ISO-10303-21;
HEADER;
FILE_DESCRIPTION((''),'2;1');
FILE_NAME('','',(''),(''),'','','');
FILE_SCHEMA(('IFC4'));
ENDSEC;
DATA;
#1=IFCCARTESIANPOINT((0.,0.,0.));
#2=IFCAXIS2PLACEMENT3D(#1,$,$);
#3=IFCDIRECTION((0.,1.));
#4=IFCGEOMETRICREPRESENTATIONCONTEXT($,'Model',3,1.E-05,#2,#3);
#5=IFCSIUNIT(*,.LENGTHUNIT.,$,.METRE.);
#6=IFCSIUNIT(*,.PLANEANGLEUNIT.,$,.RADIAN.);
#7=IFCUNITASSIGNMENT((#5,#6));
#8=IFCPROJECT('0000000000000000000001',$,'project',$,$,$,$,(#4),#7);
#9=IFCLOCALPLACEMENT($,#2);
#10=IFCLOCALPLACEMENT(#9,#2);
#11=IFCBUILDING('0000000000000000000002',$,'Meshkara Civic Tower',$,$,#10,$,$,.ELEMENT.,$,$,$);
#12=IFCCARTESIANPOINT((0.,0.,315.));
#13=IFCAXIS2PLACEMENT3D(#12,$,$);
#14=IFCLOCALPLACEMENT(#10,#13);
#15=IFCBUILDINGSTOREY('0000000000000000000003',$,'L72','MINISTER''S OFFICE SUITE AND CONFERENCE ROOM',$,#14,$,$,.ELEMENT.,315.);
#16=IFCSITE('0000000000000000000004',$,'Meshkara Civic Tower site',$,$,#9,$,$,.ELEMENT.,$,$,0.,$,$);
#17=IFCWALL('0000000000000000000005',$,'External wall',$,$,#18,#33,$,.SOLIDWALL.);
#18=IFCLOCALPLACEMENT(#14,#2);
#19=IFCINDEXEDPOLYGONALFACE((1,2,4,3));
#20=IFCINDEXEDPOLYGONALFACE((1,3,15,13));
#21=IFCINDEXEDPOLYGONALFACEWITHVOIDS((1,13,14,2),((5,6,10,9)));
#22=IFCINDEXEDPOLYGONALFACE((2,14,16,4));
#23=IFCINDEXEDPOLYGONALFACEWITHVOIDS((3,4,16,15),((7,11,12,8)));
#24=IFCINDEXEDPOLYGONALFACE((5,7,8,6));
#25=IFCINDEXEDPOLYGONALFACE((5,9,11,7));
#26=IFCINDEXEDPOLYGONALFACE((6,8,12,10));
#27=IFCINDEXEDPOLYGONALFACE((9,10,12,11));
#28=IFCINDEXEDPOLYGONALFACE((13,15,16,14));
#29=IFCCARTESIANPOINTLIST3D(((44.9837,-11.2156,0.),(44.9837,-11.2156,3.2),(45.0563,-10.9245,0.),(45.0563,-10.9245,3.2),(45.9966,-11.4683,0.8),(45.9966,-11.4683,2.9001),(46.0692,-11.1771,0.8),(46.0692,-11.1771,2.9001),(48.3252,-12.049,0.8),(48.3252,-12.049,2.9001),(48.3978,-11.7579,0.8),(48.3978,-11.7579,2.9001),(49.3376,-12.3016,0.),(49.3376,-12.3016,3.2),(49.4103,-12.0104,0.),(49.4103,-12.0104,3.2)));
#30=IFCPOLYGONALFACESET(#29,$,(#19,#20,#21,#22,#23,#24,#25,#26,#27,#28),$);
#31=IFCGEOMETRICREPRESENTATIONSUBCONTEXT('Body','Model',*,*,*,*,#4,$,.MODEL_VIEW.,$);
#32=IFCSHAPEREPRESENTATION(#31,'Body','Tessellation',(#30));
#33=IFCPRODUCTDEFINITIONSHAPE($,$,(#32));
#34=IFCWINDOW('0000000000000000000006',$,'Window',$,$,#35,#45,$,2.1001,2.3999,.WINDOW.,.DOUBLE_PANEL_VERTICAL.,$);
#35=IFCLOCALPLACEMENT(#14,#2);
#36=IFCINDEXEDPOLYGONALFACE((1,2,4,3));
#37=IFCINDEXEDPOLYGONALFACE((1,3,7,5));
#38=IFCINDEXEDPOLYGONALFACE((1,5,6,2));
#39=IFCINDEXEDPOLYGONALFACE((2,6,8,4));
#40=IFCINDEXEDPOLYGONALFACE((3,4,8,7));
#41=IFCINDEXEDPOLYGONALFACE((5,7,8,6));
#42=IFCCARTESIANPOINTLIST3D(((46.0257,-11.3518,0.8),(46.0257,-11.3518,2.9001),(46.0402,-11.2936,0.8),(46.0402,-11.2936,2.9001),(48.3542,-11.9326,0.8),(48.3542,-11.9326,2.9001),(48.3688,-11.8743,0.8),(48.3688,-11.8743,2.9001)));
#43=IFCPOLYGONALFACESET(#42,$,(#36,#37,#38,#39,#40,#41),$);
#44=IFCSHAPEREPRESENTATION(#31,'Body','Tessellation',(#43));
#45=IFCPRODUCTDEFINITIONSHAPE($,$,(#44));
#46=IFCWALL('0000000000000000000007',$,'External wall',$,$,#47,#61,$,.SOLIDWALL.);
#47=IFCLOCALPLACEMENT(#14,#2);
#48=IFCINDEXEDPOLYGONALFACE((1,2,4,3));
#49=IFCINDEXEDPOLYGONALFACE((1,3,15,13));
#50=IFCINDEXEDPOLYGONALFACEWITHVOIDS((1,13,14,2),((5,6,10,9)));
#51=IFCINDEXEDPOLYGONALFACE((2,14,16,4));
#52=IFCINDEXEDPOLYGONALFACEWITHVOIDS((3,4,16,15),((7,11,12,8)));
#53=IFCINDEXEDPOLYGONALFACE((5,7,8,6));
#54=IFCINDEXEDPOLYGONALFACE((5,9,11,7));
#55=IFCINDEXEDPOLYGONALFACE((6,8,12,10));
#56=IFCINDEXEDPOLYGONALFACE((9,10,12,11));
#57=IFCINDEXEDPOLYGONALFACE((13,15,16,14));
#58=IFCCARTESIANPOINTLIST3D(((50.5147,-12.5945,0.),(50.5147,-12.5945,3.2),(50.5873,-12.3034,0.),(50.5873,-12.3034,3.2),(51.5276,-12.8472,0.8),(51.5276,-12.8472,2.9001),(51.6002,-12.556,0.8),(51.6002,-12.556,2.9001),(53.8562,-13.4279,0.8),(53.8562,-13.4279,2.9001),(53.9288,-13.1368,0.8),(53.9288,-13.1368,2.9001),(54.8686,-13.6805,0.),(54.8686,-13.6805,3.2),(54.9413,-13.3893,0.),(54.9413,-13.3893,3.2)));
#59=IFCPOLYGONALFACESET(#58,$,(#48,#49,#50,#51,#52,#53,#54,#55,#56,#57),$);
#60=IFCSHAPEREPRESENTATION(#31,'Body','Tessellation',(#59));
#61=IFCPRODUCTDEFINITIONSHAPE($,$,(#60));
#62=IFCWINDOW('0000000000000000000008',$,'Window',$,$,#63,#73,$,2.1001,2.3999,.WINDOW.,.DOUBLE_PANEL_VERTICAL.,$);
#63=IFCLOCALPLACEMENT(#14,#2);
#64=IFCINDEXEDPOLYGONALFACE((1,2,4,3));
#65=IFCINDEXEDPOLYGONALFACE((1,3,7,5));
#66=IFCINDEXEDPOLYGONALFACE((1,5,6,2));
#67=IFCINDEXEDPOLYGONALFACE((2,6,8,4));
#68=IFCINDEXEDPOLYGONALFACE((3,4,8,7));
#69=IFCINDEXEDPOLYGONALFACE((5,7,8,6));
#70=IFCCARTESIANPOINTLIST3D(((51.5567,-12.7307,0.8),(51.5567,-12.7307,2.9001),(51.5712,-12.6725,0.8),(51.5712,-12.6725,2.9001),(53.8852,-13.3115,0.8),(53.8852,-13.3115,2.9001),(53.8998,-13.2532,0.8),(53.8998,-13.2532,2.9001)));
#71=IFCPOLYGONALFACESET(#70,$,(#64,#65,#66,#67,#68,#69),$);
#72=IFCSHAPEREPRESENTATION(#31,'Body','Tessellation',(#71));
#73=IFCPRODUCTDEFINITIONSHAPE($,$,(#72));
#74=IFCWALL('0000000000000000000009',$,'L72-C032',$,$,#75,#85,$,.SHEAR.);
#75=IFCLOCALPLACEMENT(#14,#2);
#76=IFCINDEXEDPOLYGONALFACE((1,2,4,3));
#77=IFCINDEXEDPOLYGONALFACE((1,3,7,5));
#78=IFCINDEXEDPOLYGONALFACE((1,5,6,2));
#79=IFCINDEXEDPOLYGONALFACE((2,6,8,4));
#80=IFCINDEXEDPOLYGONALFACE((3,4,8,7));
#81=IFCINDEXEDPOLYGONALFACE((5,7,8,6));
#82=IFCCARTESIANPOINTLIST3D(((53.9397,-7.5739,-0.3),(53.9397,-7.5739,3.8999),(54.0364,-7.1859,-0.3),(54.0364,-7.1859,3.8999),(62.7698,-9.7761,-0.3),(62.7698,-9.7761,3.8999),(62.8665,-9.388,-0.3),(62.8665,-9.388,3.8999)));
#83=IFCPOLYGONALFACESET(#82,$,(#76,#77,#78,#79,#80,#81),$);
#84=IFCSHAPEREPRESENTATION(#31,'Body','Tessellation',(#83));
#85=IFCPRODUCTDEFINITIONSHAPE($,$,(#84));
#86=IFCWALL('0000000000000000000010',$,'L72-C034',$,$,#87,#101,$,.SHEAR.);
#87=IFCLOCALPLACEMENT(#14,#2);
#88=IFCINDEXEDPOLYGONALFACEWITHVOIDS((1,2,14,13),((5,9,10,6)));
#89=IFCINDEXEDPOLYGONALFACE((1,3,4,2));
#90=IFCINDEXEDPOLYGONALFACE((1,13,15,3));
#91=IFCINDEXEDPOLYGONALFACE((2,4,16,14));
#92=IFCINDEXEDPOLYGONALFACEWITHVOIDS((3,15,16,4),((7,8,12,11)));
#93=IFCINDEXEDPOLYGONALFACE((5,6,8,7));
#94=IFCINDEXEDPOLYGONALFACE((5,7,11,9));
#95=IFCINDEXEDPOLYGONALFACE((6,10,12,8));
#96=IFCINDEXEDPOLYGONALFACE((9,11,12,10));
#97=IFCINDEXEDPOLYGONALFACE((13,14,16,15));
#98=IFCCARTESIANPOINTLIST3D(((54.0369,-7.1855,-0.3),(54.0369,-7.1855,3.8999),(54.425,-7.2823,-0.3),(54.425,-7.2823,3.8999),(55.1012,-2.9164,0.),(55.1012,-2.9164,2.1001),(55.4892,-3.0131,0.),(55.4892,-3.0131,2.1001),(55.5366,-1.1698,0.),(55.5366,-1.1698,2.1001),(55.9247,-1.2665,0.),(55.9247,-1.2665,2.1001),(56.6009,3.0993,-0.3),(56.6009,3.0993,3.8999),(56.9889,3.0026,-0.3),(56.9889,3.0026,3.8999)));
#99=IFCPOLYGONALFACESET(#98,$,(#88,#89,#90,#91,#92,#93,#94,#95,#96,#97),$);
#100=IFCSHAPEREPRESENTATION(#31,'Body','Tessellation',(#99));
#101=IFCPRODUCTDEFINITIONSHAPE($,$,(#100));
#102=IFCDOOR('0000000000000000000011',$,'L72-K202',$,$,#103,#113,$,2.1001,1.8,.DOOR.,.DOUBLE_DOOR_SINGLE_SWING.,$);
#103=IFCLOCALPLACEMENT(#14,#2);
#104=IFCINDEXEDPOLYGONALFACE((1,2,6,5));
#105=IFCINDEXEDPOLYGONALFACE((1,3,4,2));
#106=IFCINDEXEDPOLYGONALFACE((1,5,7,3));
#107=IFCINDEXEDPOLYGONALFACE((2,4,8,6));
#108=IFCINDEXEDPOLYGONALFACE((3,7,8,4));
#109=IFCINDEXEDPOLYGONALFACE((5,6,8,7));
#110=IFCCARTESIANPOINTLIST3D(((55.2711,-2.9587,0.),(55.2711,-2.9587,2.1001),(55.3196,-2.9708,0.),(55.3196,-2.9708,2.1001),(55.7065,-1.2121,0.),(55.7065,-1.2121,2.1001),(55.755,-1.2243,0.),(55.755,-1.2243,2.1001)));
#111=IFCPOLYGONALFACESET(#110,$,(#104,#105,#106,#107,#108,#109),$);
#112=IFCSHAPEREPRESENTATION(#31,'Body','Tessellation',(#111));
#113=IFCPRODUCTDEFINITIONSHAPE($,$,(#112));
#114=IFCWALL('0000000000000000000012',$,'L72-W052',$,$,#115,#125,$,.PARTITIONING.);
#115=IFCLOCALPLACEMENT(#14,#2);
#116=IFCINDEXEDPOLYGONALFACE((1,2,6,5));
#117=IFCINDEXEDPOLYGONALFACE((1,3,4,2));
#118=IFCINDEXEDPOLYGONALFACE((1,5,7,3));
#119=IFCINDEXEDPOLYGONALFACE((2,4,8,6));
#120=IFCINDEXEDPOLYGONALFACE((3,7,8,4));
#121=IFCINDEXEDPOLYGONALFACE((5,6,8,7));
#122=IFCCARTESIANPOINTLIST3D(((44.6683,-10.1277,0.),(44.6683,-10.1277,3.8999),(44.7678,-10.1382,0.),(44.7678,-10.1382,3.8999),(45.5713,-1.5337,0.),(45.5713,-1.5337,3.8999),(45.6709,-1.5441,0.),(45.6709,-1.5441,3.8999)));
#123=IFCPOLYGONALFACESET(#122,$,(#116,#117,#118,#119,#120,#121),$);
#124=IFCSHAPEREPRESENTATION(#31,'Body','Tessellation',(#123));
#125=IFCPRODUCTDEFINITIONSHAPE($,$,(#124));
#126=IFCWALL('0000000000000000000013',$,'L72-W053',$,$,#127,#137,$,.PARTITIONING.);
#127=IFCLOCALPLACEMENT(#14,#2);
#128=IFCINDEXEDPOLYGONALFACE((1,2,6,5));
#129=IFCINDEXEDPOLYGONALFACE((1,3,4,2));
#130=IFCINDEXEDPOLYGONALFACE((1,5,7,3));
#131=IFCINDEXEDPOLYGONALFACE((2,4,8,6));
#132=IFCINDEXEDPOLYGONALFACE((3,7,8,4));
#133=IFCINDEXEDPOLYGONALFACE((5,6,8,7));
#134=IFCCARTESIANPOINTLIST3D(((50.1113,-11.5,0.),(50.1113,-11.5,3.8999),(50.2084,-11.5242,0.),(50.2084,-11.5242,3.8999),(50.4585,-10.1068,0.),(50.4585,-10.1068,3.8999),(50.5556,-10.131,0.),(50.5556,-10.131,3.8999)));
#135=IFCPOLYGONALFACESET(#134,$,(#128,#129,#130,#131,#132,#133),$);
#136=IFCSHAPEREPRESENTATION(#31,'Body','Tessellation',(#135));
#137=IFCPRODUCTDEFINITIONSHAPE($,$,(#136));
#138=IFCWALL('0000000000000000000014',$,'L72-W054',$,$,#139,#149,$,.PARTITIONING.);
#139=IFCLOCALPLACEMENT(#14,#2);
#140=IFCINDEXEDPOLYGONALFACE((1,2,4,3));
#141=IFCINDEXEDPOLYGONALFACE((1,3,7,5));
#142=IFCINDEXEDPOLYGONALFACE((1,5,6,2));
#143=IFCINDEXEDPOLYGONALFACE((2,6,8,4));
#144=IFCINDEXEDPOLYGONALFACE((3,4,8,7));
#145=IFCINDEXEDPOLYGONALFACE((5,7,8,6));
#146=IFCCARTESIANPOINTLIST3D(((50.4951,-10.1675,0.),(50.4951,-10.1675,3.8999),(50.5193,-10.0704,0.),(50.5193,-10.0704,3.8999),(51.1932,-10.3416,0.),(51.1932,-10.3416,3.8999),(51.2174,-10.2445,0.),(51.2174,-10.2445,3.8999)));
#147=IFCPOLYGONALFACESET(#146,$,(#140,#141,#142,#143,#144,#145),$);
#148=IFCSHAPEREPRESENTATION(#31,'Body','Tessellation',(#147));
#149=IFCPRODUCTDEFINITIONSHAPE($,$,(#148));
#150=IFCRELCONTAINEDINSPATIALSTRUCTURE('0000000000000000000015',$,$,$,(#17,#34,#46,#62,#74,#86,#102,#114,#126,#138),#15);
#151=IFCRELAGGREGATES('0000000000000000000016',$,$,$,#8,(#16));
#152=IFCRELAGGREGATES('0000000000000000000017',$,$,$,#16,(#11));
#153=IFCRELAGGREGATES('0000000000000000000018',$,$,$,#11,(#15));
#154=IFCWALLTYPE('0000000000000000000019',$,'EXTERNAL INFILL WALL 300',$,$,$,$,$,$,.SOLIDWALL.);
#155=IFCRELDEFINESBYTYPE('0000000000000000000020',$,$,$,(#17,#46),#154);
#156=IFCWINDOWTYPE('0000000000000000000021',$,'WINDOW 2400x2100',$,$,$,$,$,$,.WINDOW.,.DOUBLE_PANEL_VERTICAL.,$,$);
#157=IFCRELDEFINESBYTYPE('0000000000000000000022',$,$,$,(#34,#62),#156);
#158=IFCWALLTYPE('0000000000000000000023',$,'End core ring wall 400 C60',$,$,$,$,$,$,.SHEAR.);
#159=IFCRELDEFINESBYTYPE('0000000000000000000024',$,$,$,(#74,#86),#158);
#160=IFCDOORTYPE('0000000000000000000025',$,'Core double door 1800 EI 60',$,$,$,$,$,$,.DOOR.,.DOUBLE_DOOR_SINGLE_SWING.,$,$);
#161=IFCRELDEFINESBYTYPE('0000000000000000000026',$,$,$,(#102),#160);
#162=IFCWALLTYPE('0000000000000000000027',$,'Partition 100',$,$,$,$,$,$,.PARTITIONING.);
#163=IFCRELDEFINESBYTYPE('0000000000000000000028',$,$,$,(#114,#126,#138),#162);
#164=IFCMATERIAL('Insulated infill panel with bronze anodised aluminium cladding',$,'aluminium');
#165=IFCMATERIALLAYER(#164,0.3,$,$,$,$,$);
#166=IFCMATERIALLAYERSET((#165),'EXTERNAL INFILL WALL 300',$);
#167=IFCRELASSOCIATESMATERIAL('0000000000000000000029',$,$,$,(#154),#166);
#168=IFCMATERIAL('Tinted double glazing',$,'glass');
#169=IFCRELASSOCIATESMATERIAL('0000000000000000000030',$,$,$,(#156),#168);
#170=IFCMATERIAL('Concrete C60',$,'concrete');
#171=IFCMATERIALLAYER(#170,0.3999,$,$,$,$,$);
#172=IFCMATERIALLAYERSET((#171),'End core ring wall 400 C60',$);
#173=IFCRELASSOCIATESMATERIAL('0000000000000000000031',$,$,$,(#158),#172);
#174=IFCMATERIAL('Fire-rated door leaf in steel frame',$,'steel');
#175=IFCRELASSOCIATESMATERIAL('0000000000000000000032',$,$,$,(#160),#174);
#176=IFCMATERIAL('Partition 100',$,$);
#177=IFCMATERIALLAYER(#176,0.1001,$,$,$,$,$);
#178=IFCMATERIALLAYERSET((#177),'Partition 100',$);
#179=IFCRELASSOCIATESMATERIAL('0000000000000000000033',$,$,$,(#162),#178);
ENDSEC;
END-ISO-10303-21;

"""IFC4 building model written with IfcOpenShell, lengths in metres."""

from ifc_helpers import new_model, si_unit, direction, frame, frame_2d, origin, place, context, subcontext, project, spatial, rectangle, extrude, material, layer, layer_set, type_object, element, fill, save


model = new_model("IFC4")

# Units and contexts
model_context = context("Model", 3, precision=1e-05, world=origin(), true_north=direction((0.0, 1.0)))
body_context = subcontext(model_context, "Body", "Model", "MODEL_VIEW")
ifc_project = project(units=[si_unit("LENGTHUNIT", "METRE"), si_unit("PLANEANGLEUNIT", "RADIAN")], contexts=[model_context])

# Site, building, storey
site_placement = place(None, origin())
site = spatial("IfcSite", under=ifc_project, at=site_placement, Name="Meshkara Civic Tower site", CompositionType="ELEMENT", RefElevation=0.0)
building_placement = place(site_placement, origin())
building = spatial("IfcBuilding", under=site, at=building_placement, Name="Meshkara Civic Tower", CompositionType="ELEMENT")
storey_placement = place(building_placement, frame((0.0, 0.0, 315.0)))
storey = spatial("IfcBuildingStorey", under=building, at=storey_placement, Name="L72", Description="MINISTER'S OFFICE SUITE AND CONFERENCE ROOM", CompositionType="ELEMENT", Elevation=315.0)

# Walls, openings, windows
ifc_material_1 = material(Name="Insulated infill panel with bronze anodised aluminium cladding", Category="aluminium")
ifc_layer_1 = layer(ifc_material_1, 0.3)
ifc_layer_set_1 = layer_set([ifc_layer_1], Name="EXTERNAL INFILL WALL 300")
wall_type_1 = type_object("IfcWallType", Name="EXTERNAL INFILL WALL 300", PredefinedType="SOLIDWALL", material=ifc_layer_set_1)
wall_1_placement = place(storey_placement, frame((45.02, -11.0701, 0.0), z_axis=(0.0, 0.0, 1.0), x_axis=(0.970277, -0.241998, 0.0)))
wall_1 = element("IfcWall", 1, at=wall_1_placement, inside=storey, type_object=wall_type_1, Name="External wall", PredefinedType="SOLIDWALL", context=body_context, shape_type="SweptSolid", body=[
    extrude(rectangle(XDim=4.4873, YDim=0.3, at=frame_2d((2.2437, 0.0))), origin(), (0.0, 0.0, 1.0), 3.2),
])
opening_1_placement = place(wall_1_placement, frame((1.0439, 0.0, 0.8)))
opening_1 = element("IfcOpeningElement", 2, at=opening_1_placement, cuts=wall_1, PredefinedType="OPENING", context=body_context, shape_type="SweptSolid", body=[
    extrude(rectangle(XDim=2.3999, YDim=2.1001, at=frame_2d((1.2, 1.05))), frame((0.0, 0.1599, 0.0), z_axis=(0.0, -1.0, 0.0), x_axis=(1.0, 0.0, 0.0)), (0.0, 0.0, 1.0), 0.3201),
])
ifc_material_2 = material(Name="Tinted double glazing", Category="glass")
window_type = type_object("IfcWindowType", Name="WINDOW 2400x2100", PartitioningType="DOUBLE_PANEL_VERTICAL", PredefinedType="WINDOW", material=ifc_material_2)
window_1_placement = place(opening_1_placement, origin())
window_1 = element("IfcWindow", 3, at=window_1_placement, inside=storey, type_object=window_type, Name="Window", OverallHeight=2.1001, OverallWidth=2.3999, PartitioningType="DOUBLE_PANEL_VERTICAL", PredefinedType="WINDOW", context=body_context, shape_type="SweptSolid", body=[
    extrude(rectangle(XDim=2.3999, YDim=2.1001, at=frame_2d((1.2, 1.05))), frame((0.0, 0.03, 0.0), z_axis=(0.0, -1.0, 0.0), x_axis=(1.0, 0.0, 0.0)), (0.0, 0.0, 1.0), 0.0601),
])
fill(opening_1, window_1)
wall_2_placement = place(storey_placement, frame((50.551, -12.449, 0.0), z_axis=(0.0, 0.0, 1.0), x_axis=(0.970277, -0.241998, 0.0)))
wall_2 = element("IfcWall", 4, at=wall_2_placement, inside=storey, type_object=wall_type_1, Name="External wall", PredefinedType="SOLIDWALL", context=body_context, shape_type="SweptSolid", body=[
    extrude(rectangle(XDim=4.4873, YDim=0.3, at=frame_2d((2.2437, 0.0))), origin(), (0.0, 0.0, 1.0), 3.2),
])
opening_2_placement = place(wall_2_placement, frame((1.0439, 0.0, 0.8)))
opening_2 = element("IfcOpeningElement", 5, at=opening_2_placement, cuts=wall_2, PredefinedType="OPENING", context=body_context, shape_type="SweptSolid", body=[
    extrude(rectangle(XDim=2.3999, YDim=2.1001, at=frame_2d((1.2, 1.05))), frame((0.0, 0.1599, 0.0), z_axis=(0.0, -1.0, 0.0), x_axis=(1.0, 0.0, 0.0)), (0.0, 0.0, 1.0), 0.3201),
])
window_2_placement = place(opening_2_placement, origin())
window_2 = element("IfcWindow", 6, at=window_2_placement, inside=storey, type_object=window_type, Name="Window", OverallHeight=2.1001, OverallWidth=2.3999, PartitioningType="DOUBLE_PANEL_VERTICAL", PredefinedType="WINDOW", context=body_context, shape_type="SweptSolid", body=[
    extrude(rectangle(XDim=2.3999, YDim=2.1001, at=frame_2d((1.2, 1.05))), frame((0.0, 0.03, 0.0), z_axis=(0.0, -1.0, 0.0), x_axis=(1.0, 0.0, 0.0)), (0.0, 0.0, 1.0), 0.0601),
])
fill(opening_2, window_2)

# Wall
ifc_material_3 = material(Name="Concrete C60", Category="concrete")
ifc_layer_2 = layer(ifc_material_3, 0.3999)
ifc_layer_set_2 = layer_set([ifc_layer_2], Name="End core ring wall 400 C60")
wall_type_2 = type_object("IfcWallType", Name="End core ring wall 400 C60", PredefinedType="SHEAR", material=ifc_layer_set_2)
wall_3_placement = place(storey_placement, frame((53.988, -7.3799, -0.3), z_axis=(0.0, 0.0, 1.0), x_axis=(0.970281, -0.24198, 0.0)))
element("IfcWall", 7, at=wall_3_placement, inside=storey, type_object=wall_type_2, Name="L72-C032", PredefinedType="SHEAR", context=body_context, shape_type="SweptSolid", body=[
    extrude(rectangle(XDim=9.1006, YDim=0.3999, at=frame_2d((4.5503, 0.0))), origin(), (0.0, 0.0, 1.0), 4.2),
])

# Wall, opening, door
wall_4_placement = place(storey_placement, frame((54.231, -7.2339, -0.3), z_axis=(0.0, 0.0, 1.0), x_axis=(0.241891, 0.970304, 0.0)))
wall_4 = element("IfcWall", 8, at=wall_4_placement, inside=storey, type_object=wall_type_2, Name="L72-C034", PredefinedType="SHEAR", context=body_context, shape_type="SweptSolid", body=[
    extrude(rectangle(XDim=10.5996, YDim=0.3999, at=frame_2d((5.2998, 0.0))), origin(), (0.0, 0.0, 1.0), 4.2),
])
opening_3_placement = place(wall_4_placement, frame((4.3999, 0.0, 0.3)))
opening_3 = element("IfcOpeningElement", 9, at=opening_3_placement, cuts=wall_4, PredefinedType="OPENING", context=body_context, shape_type="SweptSolid", body=[
    extrude(rectangle(XDim=1.8, YDim=2.1001, at=frame_2d((0.8999, 1.05))), frame((0.0, 0.21, 0.0), z_axis=(0.0, -1.0, 0.0), x_axis=(1.0, 0.0, 0.0)), (0.0, 0.0, 1.0), 0.4199),
])
ifc_material_4 = material(Name="Fire-rated door leaf in steel frame", Category="steel")
door_type_1 = type_object("IfcDoorType", Name="Core double door 1800 EI 60", OperationType="DOUBLE_DOOR_SINGLE_SWING", PredefinedType="DOOR", material=ifc_material_4)
door_1_placement = place(opening_3_placement, origin())
door_1 = element("IfcDoor", 10, at=door_1_placement, inside=storey, type_object=door_type_1, Name="L72-K202", OperationType="DOUBLE_DOOR_SINGLE_SWING", OverallHeight=2.1001, OverallWidth=1.8, PredefinedType="DOOR", context=body_context, shape_type="SweptSolid", body=[
    extrude(rectangle(XDim=1.8, YDim=2.1001, at=frame_2d((0.8999, 1.05))), frame((0.0, 0.0249, 0.0), z_axis=(0.0, -1.0, 0.0), x_axis=(1.0, 0.0, 0.0)), (0.0, 0.0, 1.0), 0.05),
])
fill(opening_3, door_1)

# Walls
ifc_material_5 = material(Name="Partition 100")
ifc_layer_3 = layer(ifc_material_5, 0.1001)
ifc_layer_set_3 = layer_set([ifc_layer_3], Name="Partition 100")
wall_type_3 = type_object("IfcWallType", Name="Partition 100", PredefinedType="PARTITIONING", material=ifc_layer_set_3)
wall_5_placement = place(storey_placement, frame((44.718, -10.1331, 0.0), z_axis=(0.0, 0.0, 1.0), x_axis=(0.104507, 0.994524, 0.0)))
element("IfcWall", 11, at=wall_5_placement, inside=storey, type_object=wall_type_3, Name="L72-W052", PredefinedType="PARTITIONING", context=body_context, shape_type="SweptSolid", body=[
    extrude(rectangle(XDim=8.6414, YDim=0.1001, at=frame_2d((4.3208, 0.0))), origin(), (0.0, 0.0, 1.0), 3.8999),
])
wall_6_placement = place(storey_placement, frame((50.1599, -11.512, 0.0), z_axis=(0.0, 0.0, 1.0), x_axis=(0.241815, 0.970322, 0.0)))
element("IfcWall", 12, at=wall_6_placement, inside=storey, type_object=wall_type_3, Name="L72-W053", PredefinedType="PARTITIONING", context=body_context, shape_type="SweptSolid", body=[
    extrude(rectangle(XDim=1.4358, YDim=0.1001, at=frame_2d((0.7178, 0.0))), origin(), (0.0, 0.0, 1.0), 3.8999),
])
wall_7_placement = place(storey_placement, frame((50.5071, -10.1189, 0.0), z_axis=(0.0, 0.0, 1.0), x_axis=(0.970282, -0.241977, 0.0)))
element("IfcWall", 13, at=wall_7_placement, inside=storey, type_object=wall_type_3, Name="L72-W054", PredefinedType="PARTITIONING", context=body_context, shape_type="SweptSolid", body=[
    extrude(rectangle(XDim=0.7195, YDim=0.1001, at=frame_2d((0.3599, 0.0))), origin(), (0.0, 0.0, 1.0), 3.8999),
])

save(model, "model.ifc")
